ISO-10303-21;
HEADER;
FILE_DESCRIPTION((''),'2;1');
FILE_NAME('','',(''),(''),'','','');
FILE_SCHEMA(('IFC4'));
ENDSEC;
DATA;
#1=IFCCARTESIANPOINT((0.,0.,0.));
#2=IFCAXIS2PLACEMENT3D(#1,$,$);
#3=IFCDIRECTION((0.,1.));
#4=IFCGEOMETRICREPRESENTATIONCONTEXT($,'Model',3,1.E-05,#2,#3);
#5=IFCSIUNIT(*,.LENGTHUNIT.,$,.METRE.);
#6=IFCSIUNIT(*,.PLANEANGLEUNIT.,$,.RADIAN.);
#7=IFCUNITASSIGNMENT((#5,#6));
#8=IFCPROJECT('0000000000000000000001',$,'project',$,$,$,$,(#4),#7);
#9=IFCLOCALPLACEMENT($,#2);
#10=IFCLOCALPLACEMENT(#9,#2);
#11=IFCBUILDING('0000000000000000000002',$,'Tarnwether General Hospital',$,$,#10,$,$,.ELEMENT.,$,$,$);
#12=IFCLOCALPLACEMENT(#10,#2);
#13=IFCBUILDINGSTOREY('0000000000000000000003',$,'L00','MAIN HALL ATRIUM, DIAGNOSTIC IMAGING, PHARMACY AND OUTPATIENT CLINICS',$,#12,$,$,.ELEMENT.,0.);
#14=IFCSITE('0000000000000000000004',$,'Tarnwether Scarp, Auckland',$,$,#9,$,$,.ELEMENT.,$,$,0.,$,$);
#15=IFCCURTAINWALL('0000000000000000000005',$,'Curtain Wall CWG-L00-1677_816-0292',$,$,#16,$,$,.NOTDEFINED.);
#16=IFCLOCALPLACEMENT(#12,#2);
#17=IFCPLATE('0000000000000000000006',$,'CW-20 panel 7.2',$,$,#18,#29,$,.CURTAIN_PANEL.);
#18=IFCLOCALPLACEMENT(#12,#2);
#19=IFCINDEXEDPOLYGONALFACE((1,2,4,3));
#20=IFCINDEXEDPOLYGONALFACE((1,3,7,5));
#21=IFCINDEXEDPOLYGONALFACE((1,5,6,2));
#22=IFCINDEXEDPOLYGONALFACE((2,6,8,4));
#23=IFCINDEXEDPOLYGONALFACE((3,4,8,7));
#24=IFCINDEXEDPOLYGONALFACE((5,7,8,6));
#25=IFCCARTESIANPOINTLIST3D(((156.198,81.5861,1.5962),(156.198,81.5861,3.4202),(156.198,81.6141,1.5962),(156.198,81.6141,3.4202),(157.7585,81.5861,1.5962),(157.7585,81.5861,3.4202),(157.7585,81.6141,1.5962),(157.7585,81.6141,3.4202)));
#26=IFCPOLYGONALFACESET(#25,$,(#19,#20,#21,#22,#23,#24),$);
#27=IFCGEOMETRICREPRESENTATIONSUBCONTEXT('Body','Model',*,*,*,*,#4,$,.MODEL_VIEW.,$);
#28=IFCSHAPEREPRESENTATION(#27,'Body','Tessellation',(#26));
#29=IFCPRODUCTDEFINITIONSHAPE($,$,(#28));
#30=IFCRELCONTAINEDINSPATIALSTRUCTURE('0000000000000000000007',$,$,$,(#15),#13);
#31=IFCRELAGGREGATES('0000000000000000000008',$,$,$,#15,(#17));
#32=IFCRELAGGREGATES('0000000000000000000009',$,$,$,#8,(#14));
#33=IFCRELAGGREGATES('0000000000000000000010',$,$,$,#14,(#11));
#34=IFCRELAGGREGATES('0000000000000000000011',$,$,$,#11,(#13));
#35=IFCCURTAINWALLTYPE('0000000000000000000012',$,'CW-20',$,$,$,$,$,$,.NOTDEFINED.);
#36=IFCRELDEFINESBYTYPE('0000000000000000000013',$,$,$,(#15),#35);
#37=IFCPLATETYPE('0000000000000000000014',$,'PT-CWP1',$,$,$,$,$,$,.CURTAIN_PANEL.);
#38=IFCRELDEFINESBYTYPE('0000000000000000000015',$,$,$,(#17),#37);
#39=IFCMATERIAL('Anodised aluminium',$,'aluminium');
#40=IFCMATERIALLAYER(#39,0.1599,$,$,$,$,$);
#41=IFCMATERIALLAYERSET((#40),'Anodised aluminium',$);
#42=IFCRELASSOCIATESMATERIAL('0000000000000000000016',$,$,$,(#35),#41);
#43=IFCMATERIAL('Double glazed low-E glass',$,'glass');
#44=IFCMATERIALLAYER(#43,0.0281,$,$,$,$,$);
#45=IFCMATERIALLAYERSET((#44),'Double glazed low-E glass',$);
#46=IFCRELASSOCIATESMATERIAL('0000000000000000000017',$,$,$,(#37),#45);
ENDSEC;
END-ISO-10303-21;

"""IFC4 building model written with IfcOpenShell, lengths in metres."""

from ifc_helpers import new_model, si_unit, direction, frame, origin, origin_2d, place, context, subcontext, project, spatial, rectangle, extrude, material, layer, layer_set, type_object, element, aggregate, save


model = new_model("IFC4")

# Units and contexts
model_context = context("Model", 3, precision=1e-05, world=origin(), true_north=direction((0.0, 1.0)))
body_context = subcontext(model_context, "Body", "Model", "MODEL_VIEW")
ifc_project = project(units=[si_unit("LENGTHUNIT", "METRE"), si_unit("PLANEANGLEUNIT", "RADIAN")], contexts=[model_context])

# Site, building, storey
site_placement = place(None, origin())
site = spatial("IfcSite", under=ifc_project, at=site_placement, Name="Tarnwether Scarp, Auckland", CompositionType="ELEMENT", RefElevation=0.0)
building_placement = place(site_placement, origin())
building = spatial("IfcBuilding", under=site, at=building_placement, Name="Tarnwether General Hospital", CompositionType="ELEMENT")
storey_placement = place(building_placement, origin())
storey = spatial("IfcBuildingStorey", under=building, at=storey_placement, Name="L00", Description="MAIN HALL ATRIUM, DIAGNOSTIC IMAGING, PHARMACY AND OUTPATIENT CLINICS", CompositionType="ELEMENT", Elevation=0.0)

# Curtain wall
ifc_material_1 = material(Name="Anodised aluminium", Category="aluminium")
ifc_layer_1 = layer(ifc_material_1, 0.1599)
ifc_layer_set_1 = layer_set([ifc_layer_1], Name="Anodised aluminium")
curtain_wall_type = type_object("IfcCurtainWallType", Name="CW-20", PredefinedType="NOTDEFINED", material=ifc_layer_set_1)
curtain_wall_1_placement = place(storey_placement, origin())
curtain_wall_1 = element("IfcCurtainWall", 1, at=curtain_wall_1_placement, inside=storey, type_object=curtain_wall_type, Name="Curtain Wall CWG-L00-1677_816-0292", PredefinedType="NOTDEFINED")

# Plate
ifc_material_2 = material(Name="Double glazed low-E glass", Category="glass")
ifc_layer_2 = layer(ifc_material_2, 0.0281)
ifc_layer_set_2 = layer_set([ifc_layer_2], Name="Double glazed low-E glass")
plate_type = type_object("IfcPlateType", Name="PT-CWP1", PredefinedType="CURTAIN_PANEL", material=ifc_layer_set_2)
plate_1_placement = place(storey_placement, frame((156.9783, 81.6001, 1.5962), z_axis=(0.0, 0.0, 1.0), x_axis=(-1.0, 0.0, 0.0)))
plate_1 = element("IfcPlate", 2, at=plate_1_placement, type_object=plate_type, Name="CW-20 panel 7.2", PredefinedType="CURTAIN_PANEL", context=body_context, shape_type="SweptSolid", body=[
    extrude(rectangle(XDim=1.5605, YDim=0.0281, at=origin_2d()), origin(), (0.0, 0.0, 1.0), 1.824),
])
aggregate(curtain_wall_1, [plate_1])

save(model, "model.ifc")
